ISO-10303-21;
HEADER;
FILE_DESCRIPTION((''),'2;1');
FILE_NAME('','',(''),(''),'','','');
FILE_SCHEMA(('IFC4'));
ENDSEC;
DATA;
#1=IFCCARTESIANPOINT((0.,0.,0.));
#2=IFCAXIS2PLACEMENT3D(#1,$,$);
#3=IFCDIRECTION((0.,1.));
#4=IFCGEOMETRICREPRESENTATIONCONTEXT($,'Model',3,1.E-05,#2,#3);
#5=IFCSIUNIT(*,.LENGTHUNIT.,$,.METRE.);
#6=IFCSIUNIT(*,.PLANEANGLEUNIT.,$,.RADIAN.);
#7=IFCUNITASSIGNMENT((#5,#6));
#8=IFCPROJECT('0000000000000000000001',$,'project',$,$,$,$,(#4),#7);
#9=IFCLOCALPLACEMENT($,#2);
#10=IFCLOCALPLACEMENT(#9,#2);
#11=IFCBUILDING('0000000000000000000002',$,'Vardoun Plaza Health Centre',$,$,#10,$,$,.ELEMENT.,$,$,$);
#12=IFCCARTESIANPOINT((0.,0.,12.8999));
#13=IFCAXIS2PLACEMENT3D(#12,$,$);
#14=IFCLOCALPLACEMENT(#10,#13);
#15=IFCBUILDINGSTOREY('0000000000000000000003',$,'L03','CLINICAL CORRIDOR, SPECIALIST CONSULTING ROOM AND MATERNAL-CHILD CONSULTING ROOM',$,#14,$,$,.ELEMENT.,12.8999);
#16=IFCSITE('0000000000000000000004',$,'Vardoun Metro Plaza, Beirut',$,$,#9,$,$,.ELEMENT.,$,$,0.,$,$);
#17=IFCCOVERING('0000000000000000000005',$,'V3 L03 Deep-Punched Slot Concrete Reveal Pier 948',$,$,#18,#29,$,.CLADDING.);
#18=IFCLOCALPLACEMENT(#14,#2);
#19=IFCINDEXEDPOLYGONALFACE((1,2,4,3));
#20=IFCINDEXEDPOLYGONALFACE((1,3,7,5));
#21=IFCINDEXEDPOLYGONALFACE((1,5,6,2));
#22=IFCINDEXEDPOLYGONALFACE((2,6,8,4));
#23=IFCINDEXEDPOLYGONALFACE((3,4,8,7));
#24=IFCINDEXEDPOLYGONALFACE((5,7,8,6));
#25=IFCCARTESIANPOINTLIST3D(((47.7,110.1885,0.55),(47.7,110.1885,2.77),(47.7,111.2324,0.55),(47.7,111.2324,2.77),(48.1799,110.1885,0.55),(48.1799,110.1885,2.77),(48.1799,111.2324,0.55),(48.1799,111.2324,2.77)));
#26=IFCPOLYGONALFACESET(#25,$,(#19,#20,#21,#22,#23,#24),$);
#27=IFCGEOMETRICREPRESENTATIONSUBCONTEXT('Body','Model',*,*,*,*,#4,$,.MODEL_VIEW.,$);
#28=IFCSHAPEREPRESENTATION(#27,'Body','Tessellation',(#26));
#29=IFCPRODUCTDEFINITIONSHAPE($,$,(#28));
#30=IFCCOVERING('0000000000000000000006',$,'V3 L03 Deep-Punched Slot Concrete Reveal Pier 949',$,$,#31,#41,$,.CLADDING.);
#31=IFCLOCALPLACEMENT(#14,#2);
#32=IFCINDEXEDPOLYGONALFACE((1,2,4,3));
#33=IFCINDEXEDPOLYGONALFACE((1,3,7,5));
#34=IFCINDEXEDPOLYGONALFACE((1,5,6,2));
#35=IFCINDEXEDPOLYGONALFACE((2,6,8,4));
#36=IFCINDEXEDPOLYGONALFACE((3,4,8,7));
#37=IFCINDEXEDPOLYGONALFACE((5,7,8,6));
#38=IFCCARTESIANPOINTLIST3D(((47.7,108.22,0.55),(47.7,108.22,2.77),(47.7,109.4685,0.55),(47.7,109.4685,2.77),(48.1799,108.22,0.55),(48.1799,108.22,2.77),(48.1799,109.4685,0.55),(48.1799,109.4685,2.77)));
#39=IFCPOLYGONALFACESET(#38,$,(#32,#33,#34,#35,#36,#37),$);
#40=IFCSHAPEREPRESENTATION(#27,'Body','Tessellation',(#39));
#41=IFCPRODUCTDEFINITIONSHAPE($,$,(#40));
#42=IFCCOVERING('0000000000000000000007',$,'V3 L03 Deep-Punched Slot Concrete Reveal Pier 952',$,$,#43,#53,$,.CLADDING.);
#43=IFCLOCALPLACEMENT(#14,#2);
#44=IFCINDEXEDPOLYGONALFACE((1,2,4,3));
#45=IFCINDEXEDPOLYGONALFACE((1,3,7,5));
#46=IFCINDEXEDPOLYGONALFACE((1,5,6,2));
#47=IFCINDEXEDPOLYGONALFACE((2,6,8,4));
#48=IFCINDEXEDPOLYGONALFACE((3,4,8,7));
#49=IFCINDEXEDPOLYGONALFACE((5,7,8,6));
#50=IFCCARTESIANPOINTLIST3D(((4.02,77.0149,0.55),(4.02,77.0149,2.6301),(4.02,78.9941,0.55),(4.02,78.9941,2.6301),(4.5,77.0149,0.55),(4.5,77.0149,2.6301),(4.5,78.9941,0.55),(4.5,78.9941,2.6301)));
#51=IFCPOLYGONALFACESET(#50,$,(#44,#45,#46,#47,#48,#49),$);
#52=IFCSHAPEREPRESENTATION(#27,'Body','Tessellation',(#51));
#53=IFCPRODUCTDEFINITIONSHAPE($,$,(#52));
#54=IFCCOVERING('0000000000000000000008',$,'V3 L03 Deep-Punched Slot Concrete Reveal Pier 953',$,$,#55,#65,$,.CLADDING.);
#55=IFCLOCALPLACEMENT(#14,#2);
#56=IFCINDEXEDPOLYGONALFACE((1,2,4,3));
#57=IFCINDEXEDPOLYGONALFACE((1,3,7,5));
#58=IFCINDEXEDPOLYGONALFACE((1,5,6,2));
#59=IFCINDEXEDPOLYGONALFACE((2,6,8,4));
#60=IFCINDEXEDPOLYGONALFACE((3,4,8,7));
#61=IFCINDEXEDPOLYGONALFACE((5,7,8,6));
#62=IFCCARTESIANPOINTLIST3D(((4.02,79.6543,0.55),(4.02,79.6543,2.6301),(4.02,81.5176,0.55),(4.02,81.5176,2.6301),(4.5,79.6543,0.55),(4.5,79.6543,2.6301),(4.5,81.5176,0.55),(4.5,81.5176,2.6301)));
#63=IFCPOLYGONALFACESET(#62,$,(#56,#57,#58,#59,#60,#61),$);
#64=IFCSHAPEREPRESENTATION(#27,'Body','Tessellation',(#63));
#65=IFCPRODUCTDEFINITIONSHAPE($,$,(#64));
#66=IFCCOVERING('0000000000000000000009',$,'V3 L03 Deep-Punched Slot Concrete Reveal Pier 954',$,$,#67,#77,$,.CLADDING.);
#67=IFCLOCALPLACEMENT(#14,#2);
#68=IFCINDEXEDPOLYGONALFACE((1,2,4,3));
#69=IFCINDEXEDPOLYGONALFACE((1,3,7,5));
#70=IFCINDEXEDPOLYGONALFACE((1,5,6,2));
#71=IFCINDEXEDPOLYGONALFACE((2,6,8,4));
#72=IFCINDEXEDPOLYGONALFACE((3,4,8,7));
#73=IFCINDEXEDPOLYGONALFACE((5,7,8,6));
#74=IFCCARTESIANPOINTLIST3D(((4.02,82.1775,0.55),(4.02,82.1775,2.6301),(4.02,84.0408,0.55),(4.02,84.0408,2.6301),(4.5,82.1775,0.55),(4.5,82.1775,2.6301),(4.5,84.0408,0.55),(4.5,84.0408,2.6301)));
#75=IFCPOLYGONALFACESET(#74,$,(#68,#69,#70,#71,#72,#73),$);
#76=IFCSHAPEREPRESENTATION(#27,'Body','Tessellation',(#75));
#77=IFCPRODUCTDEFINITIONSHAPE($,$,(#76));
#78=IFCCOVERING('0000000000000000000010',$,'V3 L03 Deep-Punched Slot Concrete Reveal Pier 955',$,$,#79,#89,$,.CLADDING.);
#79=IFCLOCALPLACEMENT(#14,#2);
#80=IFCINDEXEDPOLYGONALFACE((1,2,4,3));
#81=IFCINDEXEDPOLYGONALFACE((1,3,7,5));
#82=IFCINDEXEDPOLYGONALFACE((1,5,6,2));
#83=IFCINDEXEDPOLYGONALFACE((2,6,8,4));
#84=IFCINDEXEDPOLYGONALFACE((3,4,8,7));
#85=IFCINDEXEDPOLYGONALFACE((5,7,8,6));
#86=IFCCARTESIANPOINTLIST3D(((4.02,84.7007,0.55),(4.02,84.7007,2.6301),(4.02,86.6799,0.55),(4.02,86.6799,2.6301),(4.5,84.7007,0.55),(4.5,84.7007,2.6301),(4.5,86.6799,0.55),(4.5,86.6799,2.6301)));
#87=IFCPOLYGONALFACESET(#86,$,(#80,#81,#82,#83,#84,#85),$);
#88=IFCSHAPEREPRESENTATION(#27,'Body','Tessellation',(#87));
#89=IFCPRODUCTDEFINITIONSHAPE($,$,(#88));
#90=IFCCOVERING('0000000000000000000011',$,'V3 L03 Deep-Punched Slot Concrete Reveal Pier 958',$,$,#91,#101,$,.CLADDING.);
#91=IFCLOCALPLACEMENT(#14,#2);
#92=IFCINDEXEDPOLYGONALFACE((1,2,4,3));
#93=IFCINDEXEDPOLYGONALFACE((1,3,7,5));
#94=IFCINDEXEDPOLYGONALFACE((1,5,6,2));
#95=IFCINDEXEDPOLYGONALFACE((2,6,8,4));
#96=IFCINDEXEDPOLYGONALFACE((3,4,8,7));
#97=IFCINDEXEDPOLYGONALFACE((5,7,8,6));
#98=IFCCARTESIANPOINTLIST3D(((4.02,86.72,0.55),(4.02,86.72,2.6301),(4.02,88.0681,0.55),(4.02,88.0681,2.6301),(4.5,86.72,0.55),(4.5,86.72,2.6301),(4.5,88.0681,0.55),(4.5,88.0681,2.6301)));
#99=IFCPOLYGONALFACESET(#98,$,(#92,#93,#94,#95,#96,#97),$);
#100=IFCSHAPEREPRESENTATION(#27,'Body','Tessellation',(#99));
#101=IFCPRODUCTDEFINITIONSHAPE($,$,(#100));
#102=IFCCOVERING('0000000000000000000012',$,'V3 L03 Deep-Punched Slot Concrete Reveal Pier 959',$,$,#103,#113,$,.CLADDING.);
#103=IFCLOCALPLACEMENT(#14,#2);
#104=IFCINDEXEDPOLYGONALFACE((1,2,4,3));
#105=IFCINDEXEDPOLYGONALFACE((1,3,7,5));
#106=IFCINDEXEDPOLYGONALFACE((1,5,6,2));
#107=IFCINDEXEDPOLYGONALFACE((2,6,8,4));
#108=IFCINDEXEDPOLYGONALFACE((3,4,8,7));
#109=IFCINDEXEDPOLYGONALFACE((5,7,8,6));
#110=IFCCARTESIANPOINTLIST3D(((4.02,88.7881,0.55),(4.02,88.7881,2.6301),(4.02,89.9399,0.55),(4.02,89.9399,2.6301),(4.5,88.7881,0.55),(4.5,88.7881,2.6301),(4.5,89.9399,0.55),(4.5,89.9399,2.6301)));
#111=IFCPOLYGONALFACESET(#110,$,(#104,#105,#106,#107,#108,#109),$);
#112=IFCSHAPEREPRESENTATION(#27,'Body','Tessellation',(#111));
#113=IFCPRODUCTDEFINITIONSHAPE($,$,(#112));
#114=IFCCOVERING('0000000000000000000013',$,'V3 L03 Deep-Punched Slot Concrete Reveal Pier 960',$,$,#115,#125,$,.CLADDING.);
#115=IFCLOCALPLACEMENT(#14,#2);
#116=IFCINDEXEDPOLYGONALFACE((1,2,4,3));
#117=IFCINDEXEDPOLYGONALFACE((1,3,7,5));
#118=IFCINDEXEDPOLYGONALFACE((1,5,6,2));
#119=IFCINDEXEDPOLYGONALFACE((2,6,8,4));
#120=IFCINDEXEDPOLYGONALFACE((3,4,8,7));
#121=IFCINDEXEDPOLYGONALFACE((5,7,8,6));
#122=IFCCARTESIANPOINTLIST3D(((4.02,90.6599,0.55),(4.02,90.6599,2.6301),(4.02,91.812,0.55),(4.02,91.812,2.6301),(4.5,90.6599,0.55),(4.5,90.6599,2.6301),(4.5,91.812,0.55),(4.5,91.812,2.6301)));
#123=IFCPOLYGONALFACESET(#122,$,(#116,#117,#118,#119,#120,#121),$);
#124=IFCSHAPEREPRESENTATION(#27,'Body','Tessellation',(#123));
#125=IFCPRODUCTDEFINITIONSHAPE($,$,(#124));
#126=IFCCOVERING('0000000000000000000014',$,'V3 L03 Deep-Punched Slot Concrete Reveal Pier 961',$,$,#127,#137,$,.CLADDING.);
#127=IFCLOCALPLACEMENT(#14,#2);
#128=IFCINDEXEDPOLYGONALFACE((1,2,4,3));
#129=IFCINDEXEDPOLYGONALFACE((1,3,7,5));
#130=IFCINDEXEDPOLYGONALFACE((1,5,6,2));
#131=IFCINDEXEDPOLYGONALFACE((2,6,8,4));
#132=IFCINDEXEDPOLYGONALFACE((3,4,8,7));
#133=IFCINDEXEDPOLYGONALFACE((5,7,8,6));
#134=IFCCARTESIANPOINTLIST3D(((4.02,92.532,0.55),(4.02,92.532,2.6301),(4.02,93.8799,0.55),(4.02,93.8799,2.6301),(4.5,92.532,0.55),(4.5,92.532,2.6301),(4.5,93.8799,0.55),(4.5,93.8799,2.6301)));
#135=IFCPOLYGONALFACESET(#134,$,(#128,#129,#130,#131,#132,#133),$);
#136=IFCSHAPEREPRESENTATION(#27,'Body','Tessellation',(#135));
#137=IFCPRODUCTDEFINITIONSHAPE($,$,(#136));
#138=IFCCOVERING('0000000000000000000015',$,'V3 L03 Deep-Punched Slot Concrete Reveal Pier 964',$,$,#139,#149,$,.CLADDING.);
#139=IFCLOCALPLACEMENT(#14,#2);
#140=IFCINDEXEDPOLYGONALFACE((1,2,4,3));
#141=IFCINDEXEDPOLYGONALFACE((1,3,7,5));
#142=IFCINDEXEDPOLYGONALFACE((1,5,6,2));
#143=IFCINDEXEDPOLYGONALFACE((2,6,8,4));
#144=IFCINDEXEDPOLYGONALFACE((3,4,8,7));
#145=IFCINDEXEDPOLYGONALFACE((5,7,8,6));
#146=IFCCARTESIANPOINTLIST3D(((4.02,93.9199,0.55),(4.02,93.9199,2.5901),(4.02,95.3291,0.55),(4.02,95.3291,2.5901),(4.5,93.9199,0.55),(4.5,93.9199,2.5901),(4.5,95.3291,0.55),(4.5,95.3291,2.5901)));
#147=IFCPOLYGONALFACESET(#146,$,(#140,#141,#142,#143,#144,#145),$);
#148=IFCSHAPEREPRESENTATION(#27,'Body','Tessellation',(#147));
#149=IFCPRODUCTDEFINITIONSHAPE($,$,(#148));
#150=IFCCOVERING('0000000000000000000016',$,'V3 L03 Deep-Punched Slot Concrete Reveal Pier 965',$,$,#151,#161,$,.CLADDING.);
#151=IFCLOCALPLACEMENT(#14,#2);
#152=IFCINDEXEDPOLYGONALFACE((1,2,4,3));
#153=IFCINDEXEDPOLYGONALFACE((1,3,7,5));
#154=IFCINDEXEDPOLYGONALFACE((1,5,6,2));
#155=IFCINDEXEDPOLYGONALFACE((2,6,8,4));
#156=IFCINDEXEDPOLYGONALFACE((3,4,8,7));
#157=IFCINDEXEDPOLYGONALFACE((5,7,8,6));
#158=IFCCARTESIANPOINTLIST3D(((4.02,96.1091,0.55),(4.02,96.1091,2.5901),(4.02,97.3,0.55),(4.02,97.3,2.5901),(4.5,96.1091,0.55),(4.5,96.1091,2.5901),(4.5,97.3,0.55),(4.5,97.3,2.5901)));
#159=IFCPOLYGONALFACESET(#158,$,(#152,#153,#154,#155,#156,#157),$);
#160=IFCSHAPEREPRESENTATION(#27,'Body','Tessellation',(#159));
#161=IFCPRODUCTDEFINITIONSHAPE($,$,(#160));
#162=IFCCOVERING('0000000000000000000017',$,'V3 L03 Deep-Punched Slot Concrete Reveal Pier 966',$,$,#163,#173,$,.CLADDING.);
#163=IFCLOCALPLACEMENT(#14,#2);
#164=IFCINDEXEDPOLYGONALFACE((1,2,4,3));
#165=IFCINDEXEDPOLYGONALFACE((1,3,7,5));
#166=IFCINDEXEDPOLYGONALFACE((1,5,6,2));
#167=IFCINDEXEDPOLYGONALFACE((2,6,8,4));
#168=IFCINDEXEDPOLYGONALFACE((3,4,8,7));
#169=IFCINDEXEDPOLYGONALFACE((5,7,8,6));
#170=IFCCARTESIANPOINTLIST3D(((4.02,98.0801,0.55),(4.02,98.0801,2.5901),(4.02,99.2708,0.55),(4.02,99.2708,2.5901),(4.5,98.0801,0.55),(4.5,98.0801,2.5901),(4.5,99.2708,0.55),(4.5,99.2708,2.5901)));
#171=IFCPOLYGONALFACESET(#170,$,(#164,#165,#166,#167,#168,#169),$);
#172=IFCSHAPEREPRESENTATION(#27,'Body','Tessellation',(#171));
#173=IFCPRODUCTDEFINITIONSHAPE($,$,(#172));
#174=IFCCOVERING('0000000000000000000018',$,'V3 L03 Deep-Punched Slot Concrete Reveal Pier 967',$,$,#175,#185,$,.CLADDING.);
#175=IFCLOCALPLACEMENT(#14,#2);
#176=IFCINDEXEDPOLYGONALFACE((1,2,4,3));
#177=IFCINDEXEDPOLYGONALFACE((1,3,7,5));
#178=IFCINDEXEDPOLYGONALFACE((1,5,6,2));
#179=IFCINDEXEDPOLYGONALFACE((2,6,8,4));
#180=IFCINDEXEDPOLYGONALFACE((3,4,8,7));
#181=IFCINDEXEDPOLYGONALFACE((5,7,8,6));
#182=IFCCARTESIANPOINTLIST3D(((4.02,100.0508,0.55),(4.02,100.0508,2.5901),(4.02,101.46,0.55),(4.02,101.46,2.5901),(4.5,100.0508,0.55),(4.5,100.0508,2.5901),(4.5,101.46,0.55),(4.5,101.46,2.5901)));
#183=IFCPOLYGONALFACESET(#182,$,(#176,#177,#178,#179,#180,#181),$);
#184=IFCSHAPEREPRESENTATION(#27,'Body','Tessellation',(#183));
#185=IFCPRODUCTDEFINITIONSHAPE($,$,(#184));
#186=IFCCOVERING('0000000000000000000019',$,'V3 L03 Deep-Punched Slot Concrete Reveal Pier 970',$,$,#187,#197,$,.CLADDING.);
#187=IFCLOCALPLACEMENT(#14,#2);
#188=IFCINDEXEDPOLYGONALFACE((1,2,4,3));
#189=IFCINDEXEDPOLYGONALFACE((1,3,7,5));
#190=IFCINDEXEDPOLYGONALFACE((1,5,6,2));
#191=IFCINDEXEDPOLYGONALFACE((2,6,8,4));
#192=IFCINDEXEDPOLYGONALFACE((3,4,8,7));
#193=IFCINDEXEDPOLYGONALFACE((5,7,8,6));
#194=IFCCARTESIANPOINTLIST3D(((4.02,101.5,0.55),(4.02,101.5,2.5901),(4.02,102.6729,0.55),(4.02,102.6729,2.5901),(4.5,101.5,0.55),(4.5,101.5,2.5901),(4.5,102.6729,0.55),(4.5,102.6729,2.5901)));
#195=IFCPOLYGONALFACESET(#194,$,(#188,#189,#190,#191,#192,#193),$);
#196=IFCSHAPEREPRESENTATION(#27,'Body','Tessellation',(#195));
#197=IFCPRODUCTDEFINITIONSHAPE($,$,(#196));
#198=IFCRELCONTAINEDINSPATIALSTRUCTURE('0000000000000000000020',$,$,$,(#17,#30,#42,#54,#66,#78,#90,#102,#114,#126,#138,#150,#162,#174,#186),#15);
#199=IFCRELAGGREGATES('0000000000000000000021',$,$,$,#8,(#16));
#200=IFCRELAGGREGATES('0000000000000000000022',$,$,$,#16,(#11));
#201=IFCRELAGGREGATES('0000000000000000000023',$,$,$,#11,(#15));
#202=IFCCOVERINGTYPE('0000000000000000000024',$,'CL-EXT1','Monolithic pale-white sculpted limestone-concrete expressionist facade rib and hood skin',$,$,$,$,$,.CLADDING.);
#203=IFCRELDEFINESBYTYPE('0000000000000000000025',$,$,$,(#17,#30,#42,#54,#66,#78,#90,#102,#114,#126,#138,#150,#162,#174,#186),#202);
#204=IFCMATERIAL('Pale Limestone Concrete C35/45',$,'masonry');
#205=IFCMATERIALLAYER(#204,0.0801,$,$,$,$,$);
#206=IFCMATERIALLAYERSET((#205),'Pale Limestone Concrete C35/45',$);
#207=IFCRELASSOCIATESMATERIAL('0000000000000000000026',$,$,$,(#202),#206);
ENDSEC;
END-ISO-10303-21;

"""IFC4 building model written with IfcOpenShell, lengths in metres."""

from ifc_helpers import new_model, si_unit, direction, frame, origin, place, context, subcontext, project, spatial, polyline, outline, extrude, material, layer, layer_set, type_object, element, save


model = new_model("IFC4")

# Units and contexts
model_context = context("Model", 3, precision=1e-05, world=origin(), true_north=direction((0.0, 1.0)))
body_context = subcontext(model_context, "Body", "Model", "MODEL_VIEW")
ifc_project = project(units=[si_unit("LENGTHUNIT", "METRE"), si_unit("PLANEANGLEUNIT", "RADIAN")], contexts=[model_context])

# Site, building, storey
site_placement = place(None, origin())
site = spatial("IfcSite", under=ifc_project, at=site_placement, Name="Vardoun Metro Plaza, Beirut", CompositionType="ELEMENT", RefElevation=0.0)
building_placement = place(site_placement, origin())
building = spatial("IfcBuilding", under=site, at=building_placement, Name="Vardoun Plaza Health Centre", CompositionType="ELEMENT")
storey_placement = place(building_placement, frame((0.0, 0.0, 12.8999)))
storey = spatial("IfcBuildingStorey", under=building, at=storey_placement, Name="L03", Description="CLINICAL CORRIDOR, SPECIALIST CONSULTING ROOM AND MATERNAL-CHILD CONSULTING ROOM", CompositionType="ELEMENT", Elevation=12.8999)

# Coverings
ifc_material = material(Name="Pale Limestone Concrete C35/45", Category="masonry")
ifc_layer = layer(ifc_material, 0.0801)
ifc_layer_set = layer_set([ifc_layer], Name="Pale Limestone Concrete C35/45")
covering_type = type_object("IfcCoveringType", Name="CL-EXT1", Description="Monolithic pale-white sculpted limestone-concrete expressionist facade rib and hood skin", PredefinedType="CLADDING", material=ifc_layer_set)
covering_1_placement = place(storey_placement, frame((0.0, 0.0, 0.55)))
element("IfcCovering", 1, at=covering_1_placement, inside=storey, type_object=covering_type, Name="V3 L03 Deep-Punched Slot Concrete Reveal Pier 948", PredefinedType="CLADDING", context=body_context, shape_type="SweptSolid", body=[
    extrude(outline(polyline([(47.7, 111.2324), (47.7, 110.1885), (48.1799, 110.1885), (48.1799, 111.2324), (47.7, 111.2324)])), origin(), (0.0, 0.0, 1.0), 2.22),
])
covering_2_placement = place(storey_placement, frame((0.0, 0.0, 0.55)))
element("IfcCovering", 2, at=covering_2_placement, inside=storey, type_object=covering_type, Name="V3 L03 Deep-Punched Slot Concrete Reveal Pier 949", PredefinedType="CLADDING", context=body_context, shape_type="SweptSolid", body=[
    extrude(outline(polyline([(47.7, 109.4685), (47.7, 108.22), (48.1799, 108.22), (48.1799, 109.4685), (47.7, 109.4685)])), origin(), (0.0, 0.0, 1.0), 2.22),
])
covering_3_placement = place(storey_placement, frame((0.0, 0.0, 0.55)))
element("IfcCovering", 3, at=covering_3_placement, inside=storey, type_object=covering_type, Name="V3 L03 Deep-Punched Slot Concrete Reveal Pier 952", PredefinedType="CLADDING", context=body_context, shape_type="SweptSolid", body=[
    extrude(outline(polyline([(4.5, 77.0149), (4.5, 78.9941), (4.02, 78.9941), (4.02, 77.0149), (4.5, 77.0149)])), origin(), (0.0, 0.0, 1.0), 2.0801),
])
covering_4_placement = place(storey_placement, frame((0.0, 0.0, 0.55)))
element("IfcCovering", 4, at=covering_4_placement, inside=storey, type_object=covering_type, Name="V3 L03 Deep-Punched Slot Concrete Reveal Pier 953", PredefinedType="CLADDING", context=body_context, shape_type="SweptSolid", body=[
    extrude(outline(polyline([(4.5, 79.6543), (4.5, 81.5176), (4.02, 81.5176), (4.02, 79.6543), (4.5, 79.6543)])), origin(), (0.0, 0.0, 1.0), 2.0801),
])
covering_5_placement = place(storey_placement, frame((0.0, 0.0, 0.55)))
element("IfcCovering", 5, at=covering_5_placement, inside=storey, type_object=covering_type, Name="V3 L03 Deep-Punched Slot Concrete Reveal Pier 954", PredefinedType="CLADDING", context=body_context, shape_type="SweptSolid", body=[
    extrude(outline(polyline([(4.5, 82.1775), (4.5, 84.0408), (4.02, 84.0408), (4.02, 82.1775), (4.5, 82.1775)])), origin(), (0.0, 0.0, 1.0), 2.0801),
])
covering_6_placement = place(storey_placement, frame((0.0, 0.0, 0.55)))
element("IfcCovering", 6, at=covering_6_placement, inside=storey, type_object=covering_type, Name="V3 L03 Deep-Punched Slot Concrete Reveal Pier 955", PredefinedType="CLADDING", context=body_context, shape_type="SweptSolid", body=[
    extrude(outline(polyline([(4.5, 84.7007), (4.5, 86.6799), (4.02, 86.6799), (4.02, 84.7007), (4.5, 84.7007)])), origin(), (0.0, 0.0, 1.0), 2.0801),
])
covering_7_placement = place(storey_placement, frame((0.0, 0.0, 0.55)))
element("IfcCovering", 7, at=covering_7_placement, inside=storey, type_object=covering_type, Name="V3 L03 Deep-Punched Slot Concrete Reveal Pier 958", PredefinedType="CLADDING", context=body_context, shape_type="SweptSolid", body=[
    extrude(outline(polyline([(4.5, 86.72), (4.5, 88.0681), (4.02, 88.0681), (4.02, 86.72), (4.5, 86.72)])), origin(), (0.0, 0.0, 1.0), 2.0801),
])
covering_8_placement = place(storey_placement, frame((0.0, 0.0, 0.55)))
element("IfcCovering", 8, at=covering_8_placement, inside=storey, type_object=covering_type, Name="V3 L03 Deep-Punched Slot Concrete Reveal Pier 959", PredefinedType="CLADDING", context=body_context, shape_type="SweptSolid", body=[
    extrude(outline(polyline([(4.5, 88.7881), (4.5, 89.9399), (4.02, 89.9399), (4.02, 88.7881), (4.5, 88.7881)])), origin(), (0.0, 0.0, 1.0), 2.0801),
])
covering_9_placement = place(storey_placement, frame((0.0, 0.0, 0.55)))
element("IfcCovering", 9, at=covering_9_placement, inside=storey, type_object=covering_type, Name="V3 L03 Deep-Punched Slot Concrete Reveal Pier 960", PredefinedType="CLADDING", context=body_context, shape_type="SweptSolid", body=[
    extrude(outline(polyline([(4.5, 90.6599), (4.5, 91.812), (4.02, 91.812), (4.02, 90.6599), (4.5, 90.6599)])), origin(), (0.0, 0.0, 1.0), 2.0801),
])
covering_10_placement = place(storey_placement, frame((0.0, 0.0, 0.55)))
element("IfcCovering", 10, at=covering_10_placement, inside=storey, type_object=covering_type, Name="V3 L03 Deep-Punched Slot Concrete Reveal Pier 961", PredefinedType="CLADDING", context=body_context, shape_type="SweptSolid", body=[
    extrude(outline(polyline([(4.5, 92.532), (4.5, 93.8799), (4.02, 93.8799), (4.02, 92.532), (4.5, 92.532)])), origin(), (0.0, 0.0, 1.0), 2.0801),
])
covering_11_placement = place(storey_placement, frame((0.0, 0.0, 0.55)))
element("IfcCovering", 11, at=covering_11_placement, inside=storey, type_object=covering_type, Name="V3 L03 Deep-Punched Slot Concrete Reveal Pier 964", PredefinedType="CLADDING", context=body_context, shape_type="SweptSolid", body=[
    extrude(outline(polyline([(4.5, 93.9199), (4.5, 95.3291), (4.02, 95.3291), (4.02, 93.9199), (4.5, 93.9199)])), origin(), (0.0, 0.0, 1.0), 2.04),
])
covering_12_placement = place(storey_placement, frame((0.0, 0.0, 0.55)))
element("IfcCovering", 12, at=covering_12_placement, inside=storey, type_object=covering_type, Name="V3 L03 Deep-Punched Slot Concrete Reveal Pier 965", PredefinedType="CLADDING", context=body_context, shape_type="SweptSolid", body=[
    extrude(outline(polyline([(4.5, 96.1091), (4.5, 97.3), (4.02, 97.3), (4.02, 96.1091), (4.5, 96.1091)])), origin(), (0.0, 0.0, 1.0), 2.04),
])
covering_13_placement = place(storey_placement, frame((0.0, 0.0, 0.55)))
element("IfcCovering", 13, at=covering_13_placement, inside=storey, type_object=covering_type, Name="V3 L03 Deep-Punched Slot Concrete Reveal Pier 966", PredefinedType="CLADDING", context=body_context, shape_type="SweptSolid", body=[
    extrude(outline(polyline([(4.5, 98.0801), (4.5, 99.2708), (4.02, 99.2708), (4.02, 98.0801), (4.5, 98.0801)])), origin(), (0.0, 0.0, 1.0), 2.04),
])
covering_14_placement = place(storey_placement, frame((0.0, 0.0, 0.55)))
element("IfcCovering", 14, at=covering_14_placement, inside=storey, type_object=covering_type, Name="V3 L03 Deep-Punched Slot Concrete Reveal Pier 967", PredefinedType="CLADDING", context=body_context, shape_type="SweptSolid", body=[
    extrude(outline(polyline([(4.5, 100.0508), (4.5, 101.46), (4.02, 101.46), (4.02, 100.0508), (4.5, 100.0508)])), origin(), (0.0, 0.0, 1.0), 2.04),
])
covering_15_placement = place(storey_placement, frame((0.0, 0.0, 0.55)))
element("IfcCovering", 15, at=covering_15_placement, inside=storey, type_object=covering_type, Name="V3 L03 Deep-Punched Slot Concrete Reveal Pier 970", PredefinedType="CLADDING", context=body_context, shape_type="SweptSolid", body=[
    extrude(outline(polyline([(4.5, 101.5), (4.5, 102.6729), (4.02, 102.6729), (4.02, 101.5), (4.5, 101.5)])), origin(), (0.0, 0.0, 1.0), 2.04),
])

save(model, "model.ifc")
